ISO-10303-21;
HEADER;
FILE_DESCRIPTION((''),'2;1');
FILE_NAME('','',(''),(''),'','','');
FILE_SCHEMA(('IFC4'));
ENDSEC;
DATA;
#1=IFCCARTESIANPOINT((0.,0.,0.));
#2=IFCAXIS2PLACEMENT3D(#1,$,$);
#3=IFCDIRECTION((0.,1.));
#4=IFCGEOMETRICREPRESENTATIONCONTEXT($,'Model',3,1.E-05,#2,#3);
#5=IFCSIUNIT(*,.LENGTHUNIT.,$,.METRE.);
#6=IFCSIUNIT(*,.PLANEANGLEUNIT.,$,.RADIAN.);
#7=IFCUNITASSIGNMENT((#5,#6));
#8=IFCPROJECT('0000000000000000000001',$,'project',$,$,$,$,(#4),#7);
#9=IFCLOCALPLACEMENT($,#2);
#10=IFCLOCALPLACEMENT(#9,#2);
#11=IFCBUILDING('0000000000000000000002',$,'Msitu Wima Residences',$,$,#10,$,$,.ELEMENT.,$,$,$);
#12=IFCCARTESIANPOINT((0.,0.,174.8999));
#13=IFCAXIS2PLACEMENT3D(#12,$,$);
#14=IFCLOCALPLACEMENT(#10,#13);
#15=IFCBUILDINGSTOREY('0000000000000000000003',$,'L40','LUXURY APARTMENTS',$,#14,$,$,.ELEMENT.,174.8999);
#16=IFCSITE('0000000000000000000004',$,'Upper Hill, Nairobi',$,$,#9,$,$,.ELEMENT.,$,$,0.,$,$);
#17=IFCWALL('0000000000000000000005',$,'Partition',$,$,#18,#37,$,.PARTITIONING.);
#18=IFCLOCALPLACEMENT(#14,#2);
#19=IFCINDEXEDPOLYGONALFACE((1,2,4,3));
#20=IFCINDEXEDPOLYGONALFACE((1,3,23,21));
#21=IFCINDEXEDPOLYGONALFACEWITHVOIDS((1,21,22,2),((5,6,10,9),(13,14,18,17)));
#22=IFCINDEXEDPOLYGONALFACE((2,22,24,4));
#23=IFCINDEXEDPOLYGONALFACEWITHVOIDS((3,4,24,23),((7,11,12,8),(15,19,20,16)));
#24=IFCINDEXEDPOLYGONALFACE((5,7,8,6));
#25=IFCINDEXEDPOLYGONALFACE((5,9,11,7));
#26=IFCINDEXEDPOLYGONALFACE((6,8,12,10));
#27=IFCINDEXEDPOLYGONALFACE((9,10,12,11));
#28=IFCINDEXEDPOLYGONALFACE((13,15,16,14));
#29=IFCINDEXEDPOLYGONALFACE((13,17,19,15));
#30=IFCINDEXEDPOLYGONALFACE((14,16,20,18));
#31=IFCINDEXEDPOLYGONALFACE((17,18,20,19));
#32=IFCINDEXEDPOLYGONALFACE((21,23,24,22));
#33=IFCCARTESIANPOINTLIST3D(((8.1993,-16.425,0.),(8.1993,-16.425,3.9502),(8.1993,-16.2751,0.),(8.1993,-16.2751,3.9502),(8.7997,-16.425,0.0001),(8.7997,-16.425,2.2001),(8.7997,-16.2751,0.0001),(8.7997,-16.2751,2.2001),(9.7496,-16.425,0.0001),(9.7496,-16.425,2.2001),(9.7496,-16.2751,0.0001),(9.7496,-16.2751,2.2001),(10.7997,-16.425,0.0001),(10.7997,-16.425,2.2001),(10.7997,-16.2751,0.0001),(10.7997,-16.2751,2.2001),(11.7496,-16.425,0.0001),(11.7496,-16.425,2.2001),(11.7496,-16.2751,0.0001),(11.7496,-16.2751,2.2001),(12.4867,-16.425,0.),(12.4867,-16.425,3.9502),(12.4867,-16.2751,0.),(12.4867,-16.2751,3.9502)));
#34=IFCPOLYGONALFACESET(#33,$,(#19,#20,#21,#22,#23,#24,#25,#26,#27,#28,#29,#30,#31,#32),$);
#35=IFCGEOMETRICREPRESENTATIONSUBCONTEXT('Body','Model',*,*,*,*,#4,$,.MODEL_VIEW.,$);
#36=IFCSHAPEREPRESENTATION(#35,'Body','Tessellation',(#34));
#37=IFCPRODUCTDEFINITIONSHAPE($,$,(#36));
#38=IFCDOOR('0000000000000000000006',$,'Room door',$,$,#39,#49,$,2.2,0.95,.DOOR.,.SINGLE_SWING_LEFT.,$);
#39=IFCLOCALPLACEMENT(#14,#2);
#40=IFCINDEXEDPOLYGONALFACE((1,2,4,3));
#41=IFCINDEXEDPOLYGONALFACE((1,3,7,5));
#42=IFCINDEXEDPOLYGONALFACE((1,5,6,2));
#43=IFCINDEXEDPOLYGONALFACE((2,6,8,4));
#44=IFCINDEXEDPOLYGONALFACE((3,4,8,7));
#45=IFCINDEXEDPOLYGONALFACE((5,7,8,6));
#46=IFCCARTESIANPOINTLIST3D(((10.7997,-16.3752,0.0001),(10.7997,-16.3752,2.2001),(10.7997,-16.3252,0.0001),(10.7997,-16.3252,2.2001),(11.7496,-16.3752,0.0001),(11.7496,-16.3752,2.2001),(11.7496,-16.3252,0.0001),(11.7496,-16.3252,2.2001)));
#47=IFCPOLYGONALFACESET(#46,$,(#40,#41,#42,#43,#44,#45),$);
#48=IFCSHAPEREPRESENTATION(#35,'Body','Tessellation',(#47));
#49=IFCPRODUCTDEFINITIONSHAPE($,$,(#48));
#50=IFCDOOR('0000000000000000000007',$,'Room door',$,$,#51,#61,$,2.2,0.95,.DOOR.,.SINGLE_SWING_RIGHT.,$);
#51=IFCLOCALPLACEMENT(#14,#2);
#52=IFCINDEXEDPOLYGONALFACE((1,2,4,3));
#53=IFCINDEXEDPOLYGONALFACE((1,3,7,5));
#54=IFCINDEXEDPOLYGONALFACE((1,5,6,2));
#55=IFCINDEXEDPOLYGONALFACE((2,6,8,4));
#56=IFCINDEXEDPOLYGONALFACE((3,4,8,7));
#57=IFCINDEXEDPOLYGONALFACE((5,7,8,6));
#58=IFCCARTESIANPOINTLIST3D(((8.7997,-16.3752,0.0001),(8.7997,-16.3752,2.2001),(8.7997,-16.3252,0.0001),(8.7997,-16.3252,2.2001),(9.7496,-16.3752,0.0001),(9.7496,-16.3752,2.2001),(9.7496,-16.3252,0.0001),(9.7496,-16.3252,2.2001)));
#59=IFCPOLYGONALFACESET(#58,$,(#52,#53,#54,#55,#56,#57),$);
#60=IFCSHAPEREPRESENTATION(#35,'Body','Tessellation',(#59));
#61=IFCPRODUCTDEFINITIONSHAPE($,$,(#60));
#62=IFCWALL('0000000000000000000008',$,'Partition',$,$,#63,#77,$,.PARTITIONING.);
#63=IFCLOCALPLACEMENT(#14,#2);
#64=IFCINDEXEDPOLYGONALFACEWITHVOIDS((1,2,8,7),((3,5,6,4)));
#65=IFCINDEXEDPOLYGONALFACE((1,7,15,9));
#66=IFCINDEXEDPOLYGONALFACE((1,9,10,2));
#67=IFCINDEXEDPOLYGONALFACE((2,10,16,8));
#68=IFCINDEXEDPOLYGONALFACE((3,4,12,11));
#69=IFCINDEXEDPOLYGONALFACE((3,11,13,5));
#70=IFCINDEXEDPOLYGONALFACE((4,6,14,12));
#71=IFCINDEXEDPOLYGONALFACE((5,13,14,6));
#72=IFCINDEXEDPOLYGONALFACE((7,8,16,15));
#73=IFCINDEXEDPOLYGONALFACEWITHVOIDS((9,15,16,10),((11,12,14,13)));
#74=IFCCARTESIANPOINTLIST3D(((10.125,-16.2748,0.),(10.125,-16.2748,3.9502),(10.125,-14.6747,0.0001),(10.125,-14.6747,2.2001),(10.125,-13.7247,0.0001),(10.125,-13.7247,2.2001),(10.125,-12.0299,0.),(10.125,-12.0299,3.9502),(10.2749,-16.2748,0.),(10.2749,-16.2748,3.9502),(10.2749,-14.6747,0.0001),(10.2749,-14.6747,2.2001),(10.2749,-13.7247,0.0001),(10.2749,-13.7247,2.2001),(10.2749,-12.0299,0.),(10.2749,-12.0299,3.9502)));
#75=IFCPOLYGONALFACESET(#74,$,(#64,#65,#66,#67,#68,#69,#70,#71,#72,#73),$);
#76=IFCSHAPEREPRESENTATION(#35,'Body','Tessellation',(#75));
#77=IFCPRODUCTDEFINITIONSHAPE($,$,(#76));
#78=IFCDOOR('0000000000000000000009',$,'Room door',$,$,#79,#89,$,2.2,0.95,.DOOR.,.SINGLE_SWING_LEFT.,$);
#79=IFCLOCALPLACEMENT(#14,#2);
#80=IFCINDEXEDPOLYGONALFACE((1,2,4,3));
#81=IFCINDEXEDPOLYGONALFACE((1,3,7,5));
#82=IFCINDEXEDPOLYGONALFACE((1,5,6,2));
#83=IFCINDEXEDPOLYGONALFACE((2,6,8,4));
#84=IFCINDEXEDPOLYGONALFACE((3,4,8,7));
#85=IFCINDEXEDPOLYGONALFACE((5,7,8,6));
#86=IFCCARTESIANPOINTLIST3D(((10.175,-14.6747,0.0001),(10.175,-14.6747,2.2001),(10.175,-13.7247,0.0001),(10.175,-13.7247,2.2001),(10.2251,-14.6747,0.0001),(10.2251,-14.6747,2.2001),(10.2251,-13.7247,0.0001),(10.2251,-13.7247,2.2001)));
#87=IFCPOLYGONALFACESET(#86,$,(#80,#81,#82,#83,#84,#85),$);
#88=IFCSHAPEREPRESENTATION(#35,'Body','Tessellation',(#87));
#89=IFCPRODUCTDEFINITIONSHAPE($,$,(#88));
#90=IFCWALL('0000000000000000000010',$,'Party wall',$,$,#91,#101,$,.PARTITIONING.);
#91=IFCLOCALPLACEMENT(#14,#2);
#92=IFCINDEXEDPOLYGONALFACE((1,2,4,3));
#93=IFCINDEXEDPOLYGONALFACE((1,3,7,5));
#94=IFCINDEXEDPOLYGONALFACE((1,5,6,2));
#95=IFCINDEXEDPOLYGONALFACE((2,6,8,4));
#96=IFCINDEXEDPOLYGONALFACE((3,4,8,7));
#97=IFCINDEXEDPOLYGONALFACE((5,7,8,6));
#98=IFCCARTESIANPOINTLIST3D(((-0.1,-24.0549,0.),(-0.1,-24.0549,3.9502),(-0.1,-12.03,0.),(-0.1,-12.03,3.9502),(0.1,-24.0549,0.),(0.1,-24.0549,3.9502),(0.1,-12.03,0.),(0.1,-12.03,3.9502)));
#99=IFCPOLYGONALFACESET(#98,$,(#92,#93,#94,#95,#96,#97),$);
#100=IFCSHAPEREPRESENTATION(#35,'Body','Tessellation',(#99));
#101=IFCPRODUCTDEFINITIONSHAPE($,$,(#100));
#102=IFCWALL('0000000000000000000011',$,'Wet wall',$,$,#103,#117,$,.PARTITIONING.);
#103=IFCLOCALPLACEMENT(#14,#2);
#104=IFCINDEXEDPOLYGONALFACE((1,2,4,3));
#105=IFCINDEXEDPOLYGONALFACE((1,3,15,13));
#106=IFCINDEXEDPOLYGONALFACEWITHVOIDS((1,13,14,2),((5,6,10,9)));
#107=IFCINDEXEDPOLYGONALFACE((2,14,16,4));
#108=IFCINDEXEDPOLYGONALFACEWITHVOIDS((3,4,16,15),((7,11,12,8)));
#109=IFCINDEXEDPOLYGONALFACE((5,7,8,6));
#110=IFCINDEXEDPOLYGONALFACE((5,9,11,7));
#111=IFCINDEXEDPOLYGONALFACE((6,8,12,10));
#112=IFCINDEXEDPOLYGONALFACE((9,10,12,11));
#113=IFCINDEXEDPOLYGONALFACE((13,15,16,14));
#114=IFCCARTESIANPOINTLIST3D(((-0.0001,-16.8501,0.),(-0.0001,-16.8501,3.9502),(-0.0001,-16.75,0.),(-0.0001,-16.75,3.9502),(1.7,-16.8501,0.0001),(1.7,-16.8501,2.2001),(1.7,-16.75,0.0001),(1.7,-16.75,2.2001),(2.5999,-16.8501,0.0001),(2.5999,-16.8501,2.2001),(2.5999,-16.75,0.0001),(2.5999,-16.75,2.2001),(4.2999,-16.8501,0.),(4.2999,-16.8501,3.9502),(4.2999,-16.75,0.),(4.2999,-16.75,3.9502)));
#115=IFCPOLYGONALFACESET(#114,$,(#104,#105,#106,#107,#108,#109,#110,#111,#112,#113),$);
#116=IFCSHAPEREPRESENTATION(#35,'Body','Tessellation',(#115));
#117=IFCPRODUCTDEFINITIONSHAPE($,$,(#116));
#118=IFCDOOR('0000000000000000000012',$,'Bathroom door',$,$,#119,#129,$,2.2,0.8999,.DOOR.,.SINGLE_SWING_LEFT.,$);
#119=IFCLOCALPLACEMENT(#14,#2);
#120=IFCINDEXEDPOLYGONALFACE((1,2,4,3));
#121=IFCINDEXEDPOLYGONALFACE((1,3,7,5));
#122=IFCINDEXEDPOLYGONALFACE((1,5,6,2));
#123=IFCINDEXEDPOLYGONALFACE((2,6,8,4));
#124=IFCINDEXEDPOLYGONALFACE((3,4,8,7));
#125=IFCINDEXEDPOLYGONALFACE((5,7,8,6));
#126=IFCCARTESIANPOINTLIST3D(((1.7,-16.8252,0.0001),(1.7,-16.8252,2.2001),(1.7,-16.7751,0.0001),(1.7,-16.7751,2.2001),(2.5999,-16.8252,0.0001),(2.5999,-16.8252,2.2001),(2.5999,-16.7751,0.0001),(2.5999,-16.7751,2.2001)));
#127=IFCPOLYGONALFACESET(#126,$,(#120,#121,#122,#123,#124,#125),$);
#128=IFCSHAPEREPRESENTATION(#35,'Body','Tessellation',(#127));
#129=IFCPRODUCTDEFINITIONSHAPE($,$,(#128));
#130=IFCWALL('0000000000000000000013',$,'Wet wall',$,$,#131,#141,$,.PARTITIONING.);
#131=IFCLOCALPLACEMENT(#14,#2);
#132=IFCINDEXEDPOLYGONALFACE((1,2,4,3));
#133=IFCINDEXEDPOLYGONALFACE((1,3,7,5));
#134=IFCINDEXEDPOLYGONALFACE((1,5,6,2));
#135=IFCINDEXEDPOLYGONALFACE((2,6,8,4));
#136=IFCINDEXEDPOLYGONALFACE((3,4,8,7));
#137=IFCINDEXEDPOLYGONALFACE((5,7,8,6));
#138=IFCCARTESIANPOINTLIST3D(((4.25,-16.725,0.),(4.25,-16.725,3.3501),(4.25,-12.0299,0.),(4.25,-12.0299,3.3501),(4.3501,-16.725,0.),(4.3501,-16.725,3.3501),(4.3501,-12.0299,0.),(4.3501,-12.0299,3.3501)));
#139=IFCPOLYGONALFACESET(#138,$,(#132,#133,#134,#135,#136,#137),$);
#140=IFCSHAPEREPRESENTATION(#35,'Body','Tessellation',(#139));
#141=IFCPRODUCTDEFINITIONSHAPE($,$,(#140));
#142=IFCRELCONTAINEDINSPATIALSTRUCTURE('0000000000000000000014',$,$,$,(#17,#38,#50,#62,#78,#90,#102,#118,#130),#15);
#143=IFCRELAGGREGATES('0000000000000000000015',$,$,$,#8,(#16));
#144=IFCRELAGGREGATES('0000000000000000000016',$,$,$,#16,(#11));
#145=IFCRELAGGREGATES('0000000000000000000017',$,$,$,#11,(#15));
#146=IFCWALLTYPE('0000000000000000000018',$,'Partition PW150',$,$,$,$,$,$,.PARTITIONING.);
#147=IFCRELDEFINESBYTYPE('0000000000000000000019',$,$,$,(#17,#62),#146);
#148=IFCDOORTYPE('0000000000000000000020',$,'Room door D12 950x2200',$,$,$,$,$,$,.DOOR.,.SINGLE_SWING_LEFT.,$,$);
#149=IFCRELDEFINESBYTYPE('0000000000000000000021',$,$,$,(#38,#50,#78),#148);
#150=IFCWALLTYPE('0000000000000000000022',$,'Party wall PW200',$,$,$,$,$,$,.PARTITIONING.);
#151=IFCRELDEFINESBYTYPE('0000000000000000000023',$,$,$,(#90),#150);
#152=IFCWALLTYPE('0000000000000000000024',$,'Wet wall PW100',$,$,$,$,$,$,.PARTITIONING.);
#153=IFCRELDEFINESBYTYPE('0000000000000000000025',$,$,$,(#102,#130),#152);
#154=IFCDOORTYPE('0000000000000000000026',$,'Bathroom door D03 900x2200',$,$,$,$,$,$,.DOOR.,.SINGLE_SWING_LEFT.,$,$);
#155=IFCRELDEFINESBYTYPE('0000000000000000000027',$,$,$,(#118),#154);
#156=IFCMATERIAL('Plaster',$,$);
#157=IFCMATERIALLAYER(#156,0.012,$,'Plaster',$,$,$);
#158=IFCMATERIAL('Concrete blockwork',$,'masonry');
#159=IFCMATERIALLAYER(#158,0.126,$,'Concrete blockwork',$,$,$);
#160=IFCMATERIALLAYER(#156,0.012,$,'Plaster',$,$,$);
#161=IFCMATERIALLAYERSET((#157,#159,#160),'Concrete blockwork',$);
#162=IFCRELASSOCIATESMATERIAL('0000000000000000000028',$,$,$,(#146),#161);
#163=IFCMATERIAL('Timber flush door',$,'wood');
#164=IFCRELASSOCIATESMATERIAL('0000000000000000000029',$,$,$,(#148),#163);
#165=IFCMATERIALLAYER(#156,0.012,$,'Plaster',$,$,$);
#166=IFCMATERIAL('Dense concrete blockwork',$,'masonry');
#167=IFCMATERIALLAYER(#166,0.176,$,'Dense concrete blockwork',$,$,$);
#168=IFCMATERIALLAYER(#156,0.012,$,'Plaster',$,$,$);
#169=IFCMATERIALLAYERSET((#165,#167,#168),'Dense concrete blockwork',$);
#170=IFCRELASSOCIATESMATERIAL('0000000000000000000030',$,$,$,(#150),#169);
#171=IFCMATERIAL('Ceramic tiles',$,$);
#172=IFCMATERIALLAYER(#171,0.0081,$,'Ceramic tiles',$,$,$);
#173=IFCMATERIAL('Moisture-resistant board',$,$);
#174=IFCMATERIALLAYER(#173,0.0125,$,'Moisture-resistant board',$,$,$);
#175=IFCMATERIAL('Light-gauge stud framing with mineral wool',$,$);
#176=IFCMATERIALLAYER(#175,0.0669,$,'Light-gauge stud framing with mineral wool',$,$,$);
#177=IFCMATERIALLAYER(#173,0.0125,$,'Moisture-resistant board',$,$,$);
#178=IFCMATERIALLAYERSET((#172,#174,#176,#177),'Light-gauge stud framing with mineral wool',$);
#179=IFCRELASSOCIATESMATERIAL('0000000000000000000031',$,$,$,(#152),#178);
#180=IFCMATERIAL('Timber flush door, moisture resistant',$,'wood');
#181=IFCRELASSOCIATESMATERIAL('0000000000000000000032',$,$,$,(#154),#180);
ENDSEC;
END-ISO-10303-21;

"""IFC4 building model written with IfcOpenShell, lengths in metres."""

from ifc_helpers import new_model, si_unit, direction, frame, frame_2d, origin, place, context, subcontext, project, spatial, rectangle, extrude, material, layer, layer_set, type_object, element, fill, save


model = new_model("IFC4")

# Units and contexts
model_context = context("Model", 3, precision=1e-05, world=origin(), true_north=direction((0.0, 1.0)))
body_context = subcontext(model_context, "Body", "Model", "MODEL_VIEW")
ifc_project = project(units=[si_unit("LENGTHUNIT", "METRE"), si_unit("PLANEANGLEUNIT", "RADIAN")], contexts=[model_context])

# Site, building, storey
site_placement = place(None, origin())
site = spatial("IfcSite", under=ifc_project, at=site_placement, Name="Upper Hill, Nairobi", CompositionType="ELEMENT", RefElevation=0.0)
building_placement = place(site_placement, origin())
building = spatial("IfcBuilding", under=site, at=building_placement, Name="Msitu Wima Residences", CompositionType="ELEMENT")
storey_placement = place(building_placement, frame((0.0, 0.0, 174.8999)))
storey = spatial("IfcBuildingStorey", under=building, at=storey_placement, Name="L40", Description="LUXURY APARTMENTS", CompositionType="ELEMENT", Elevation=174.8999)

# Shared definitions
ifc_material_1 = material(Name="Plaster")
ifc_layer_1 = layer(ifc_material_1, 0.012, Name="Plaster")
ifc_material_2 = material(Name="Concrete blockwork", Category="masonry")
ifc_layer_2 = layer(ifc_material_2, 0.126, Name="Concrete blockwork")
ifc_layer_3 = layer(ifc_material_1, 0.012, Name="Plaster")
ifc_layer_set_1 = layer_set([ifc_layer_1, ifc_layer_2, ifc_layer_3], Name="Concrete blockwork")
wall_type_1 = type_object("IfcWallType", Name="Partition PW150", PredefinedType="PARTITIONING", material=ifc_layer_set_1)
ifc_material_3 = material(Name="Timber flush door", Category="wood")
door_type_1 = type_object("IfcDoorType", Name="Room door D12 950x2200", OperationType="SINGLE_SWING_LEFT", PredefinedType="DOOR", material=ifc_material_3)

# Wall, openings, doors
wall_1_placement = place(storey_placement, frame((8.1995, -16.3501, 0.0), z_axis=(0.0, 0.0, 1.0), x_axis=(1.0, 0.0, 0.0)))
wall_1 = element("IfcWall", 1, at=wall_1_placement, inside=storey, type_object=wall_type_1, Name="Partition", PredefinedType="PARTITIONING", context=body_context, shape_type="SweptSolid", body=[
    extrude(rectangle(XDim=4.2874, YDim=0.1499, at=frame_2d((2.1436, 0.0))), origin(), (0.0, 0.0, 1.0), 3.9502),
])
opening_1_placement = place(wall_1_placement, frame((2.6001, 0.0, 0.0)))
opening_1 = element("IfcOpeningElement", 2, at=opening_1_placement, cuts=wall_1, PredefinedType="OPENING", context=body_context, shape_type="SweptSolid", body=[
    extrude(rectangle(XDim=0.95, YDim=2.2, at=frame_2d((0.4751, 1.1001))), frame((0.0, 0.085, 0.0), z_axis=(0.0, -1.0, 0.0), x_axis=(1.0, 0.0, 0.0)), (0.0, 0.0, 1.0), 0.1699),
])
opening_2_placement = place(wall_1_placement, frame((0.6001, 0.0, 0.0)))
opening_2 = element("IfcOpeningElement", 3, at=opening_2_placement, cuts=wall_1, PredefinedType="OPENING", context=body_context, shape_type="SweptSolid", body=[
    extrude(rectangle(XDim=0.95, YDim=2.2, at=frame_2d((0.4751, 1.1001))), frame((0.0, 0.085, 0.0), z_axis=(0.0, -1.0, 0.0), x_axis=(1.0, 0.0, 0.0)), (0.0, 0.0, 1.0), 0.1699),
])
door_1_placement = place(opening_1_placement, origin())
door_1 = element("IfcDoor", 4, at=door_1_placement, inside=storey, type_object=door_type_1, Name="Room door", OperationType="SINGLE_SWING_LEFT", OverallHeight=2.2, OverallWidth=0.95, PredefinedType="DOOR", context=body_context, shape_type="SweptSolid", body=[
    extrude(rectangle(XDim=0.95, YDim=2.2, at=frame_2d((0.4751, 1.1001))), frame((0.0, 0.0249, 0.0), z_axis=(0.0, -1.0, 0.0), x_axis=(1.0, 0.0, 0.0)), (0.0, 0.0, 1.0), 0.05),
])
fill(opening_1, door_1)
door_2_placement = place(opening_2_placement, origin())
door_2 = element("IfcDoor", 5, at=door_2_placement, inside=storey, type_object=door_type_1, Name="Room door", OperationType="SINGLE_SWING_RIGHT", OverallHeight=2.2, OverallWidth=0.95, PredefinedType="DOOR", context=body_context, shape_type="SweptSolid", body=[
    extrude(rectangle(XDim=0.95, YDim=2.2, at=frame_2d((0.4751, 1.1001))), frame((0.0, 0.0249, 0.0), z_axis=(0.0, -1.0, 0.0), x_axis=(1.0, 0.0, 0.0)), (0.0, 0.0, 1.0), 0.05),
])
fill(opening_2, door_2)

# Wall, opening, door
wall_2_placement = place(storey_placement, frame((10.2, -16.2749, 0.0), z_axis=(0.0, 0.0, 1.0), x_axis=(0.0, 1.0, 0.0)))
wall_2 = element("IfcWall", 6, at=wall_2_placement, inside=storey, type_object=wall_type_1, Name="Partition", PredefinedType="PARTITIONING", context=body_context, shape_type="SweptSolid", body=[
    extrude(rectangle(XDim=4.2449, YDim=0.1499, at=frame_2d((2.1226, 0.0))), origin(), (0.0, 0.0, 1.0), 3.9502),
])
opening_3_placement = place(wall_2_placement, frame((1.6001, 0.0, 0.0)))
opening_3 = element("IfcOpeningElement", 7, at=opening_3_placement, cuts=wall_2, PredefinedType="OPENING", context=body_context, shape_type="SweptSolid", body=[
    extrude(rectangle(XDim=0.95, YDim=2.2, at=frame_2d((0.4751, 1.1001))), frame((0.0, 0.085, 0.0), z_axis=(0.0, -1.0, 0.0), x_axis=(1.0, 0.0, 0.0)), (0.0, 0.0, 1.0), 0.1699),
])
door_3_placement = place(opening_3_placement, origin())
door_3 = element("IfcDoor", 8, at=door_3_placement, inside=storey, type_object=door_type_1, Name="Room door", OperationType="SINGLE_SWING_LEFT", OverallHeight=2.2, OverallWidth=0.95, PredefinedType="DOOR", context=body_context, shape_type="SweptSolid", body=[
    extrude(rectangle(XDim=0.95, YDim=2.2, at=frame_2d((0.4751, 1.1001))), frame((0.0, 0.0249, 0.0), z_axis=(0.0, -1.0, 0.0), x_axis=(1.0, 0.0, 0.0)), (0.0, 0.0, 1.0), 0.05),
])
fill(opening_3, door_3)

# Wall
ifc_layer_4 = layer(ifc_material_1, 0.012, Name="Plaster")
ifc_material_4 = material(Name="Dense concrete blockwork", Category="masonry")
ifc_layer_5 = layer(ifc_material_4, 0.176, Name="Dense concrete blockwork")
ifc_layer_6 = layer(ifc_material_1, 0.012, Name="Plaster")
ifc_layer_set_2 = layer_set([ifc_layer_4, ifc_layer_5, ifc_layer_6], Name="Dense concrete blockwork")
wall_type_2 = type_object("IfcWallType", Name="Party wall PW200", PredefinedType="PARTITIONING", material=ifc_layer_set_2)
wall_3_placement = place(storey_placement, frame((0.0, -24.0549, 0.0), z_axis=(0.0, 0.0, 1.0), x_axis=(0.0, 1.0, 0.0)))
element("IfcWall", 9, at=wall_3_placement, inside=storey, type_object=wall_type_2, Name="Party wall", PredefinedType="PARTITIONING", context=body_context, shape_type="SweptSolid", body=[
    extrude(rectangle(XDim=12.0249, YDim=0.2, at=frame_2d((6.0125, 0.0))), origin(), (0.0, 0.0, 1.0), 3.9502),
])

# Wall, opening, door
ifc_material_5 = material(Name="Ceramic tiles")
ifc_layer_7 = layer(ifc_material_5, 0.0081, Name="Ceramic tiles")
ifc_material_6 = material(Name="Moisture-resistant board")
ifc_layer_8 = layer(ifc_material_6, 0.0125, Name="Moisture-resistant board")
ifc_material_7 = material(Name="Light-gauge stud framing with mineral wool")
ifc_layer_9 = layer(ifc_material_7, 0.0669, Name="Light-gauge stud framing with mineral wool")
ifc_layer_10 = layer(ifc_material_6, 0.0125, Name="Moisture-resistant board")
ifc_layer_set_3 = layer_set([ifc_layer_7, ifc_layer_8, ifc_layer_9, ifc_layer_10], Name="Light-gauge stud framing with mineral wool")
wall_type_3 = type_object("IfcWallType", Name="Wet wall PW100", PredefinedType="PARTITIONING", material=ifc_layer_set_3)
wall_4_placement = place(storey_placement, frame((0.0, -16.8, 0.0), z_axis=(0.0, 0.0, 1.0), x_axis=(1.0, 0.0, 0.0)))
wall_4 = element("IfcWall", 10, at=wall_4_placement, inside=storey, type_object=wall_type_3, Name="Wet wall", PredefinedType="PARTITIONING", context=body_context, shape_type="SweptSolid", body=[
    extrude(rectangle(XDim=4.3, YDim=0.1001, at=frame_2d((2.1499, 0.0))), origin(), (0.0, 0.0, 1.0), 3.9502),
])
opening_4_placement = place(wall_4_placement, frame((1.7, 0.0, 0.0)))
opening_4 = element("IfcOpeningElement", 11, at=opening_4_placement, cuts=wall_4, PredefinedType="OPENING", context=body_context, shape_type="SweptSolid", body=[
    extrude(rectangle(XDim=0.8999, YDim=2.2, at=frame_2d((0.45, 1.1001))), frame((0.0, 0.0601, 0.0), z_axis=(0.0, -1.0, 0.0), x_axis=(1.0, 0.0, 0.0)), (0.0, 0.0, 1.0), 0.1201),
])
ifc_material_8 = material(Name="Timber flush door, moisture resistant", Category="wood")
door_type_2 = type_object("IfcDoorType", Name="Bathroom door D03 900x2200", OperationType="SINGLE_SWING_LEFT", PredefinedType="DOOR", material=ifc_material_8)
door_4_placement = place(opening_4_placement, origin())
door_4 = element("IfcDoor", 12, at=door_4_placement, inside=storey, type_object=door_type_2, Name="Bathroom door", OperationType="SINGLE_SWING_LEFT", OverallHeight=2.2, OverallWidth=0.8999, PredefinedType="DOOR", context=body_context, shape_type="SweptSolid", body=[
    extrude(rectangle(XDim=0.8999, YDim=2.2, at=frame_2d((0.45, 1.1001))), frame((0.0, 0.0249, 0.0), z_axis=(0.0, -1.0, 0.0), x_axis=(1.0, 0.0, 0.0)), (0.0, 0.0, 1.0), 0.05),
])
fill(opening_4, door_4)

# Wall
wall_5_placement = place(storey_placement, frame((4.3, -16.7251, 0.0), z_axis=(0.0, 0.0, 1.0), x_axis=(0.0, 1.0, 0.0)))
element("IfcWall", 13, at=wall_5_placement, inside=storey, type_object=wall_type_3, Name="Wet wall", PredefinedType="PARTITIONING", context=body_context, shape_type="SweptSolid", body=[
    extrude(rectangle(XDim=4.6951, YDim=0.1001, at=frame_2d((2.3477, 0.0))), origin(), (0.0, 0.0, 1.0), 3.3501),
])

save(model, "model.ifc")
